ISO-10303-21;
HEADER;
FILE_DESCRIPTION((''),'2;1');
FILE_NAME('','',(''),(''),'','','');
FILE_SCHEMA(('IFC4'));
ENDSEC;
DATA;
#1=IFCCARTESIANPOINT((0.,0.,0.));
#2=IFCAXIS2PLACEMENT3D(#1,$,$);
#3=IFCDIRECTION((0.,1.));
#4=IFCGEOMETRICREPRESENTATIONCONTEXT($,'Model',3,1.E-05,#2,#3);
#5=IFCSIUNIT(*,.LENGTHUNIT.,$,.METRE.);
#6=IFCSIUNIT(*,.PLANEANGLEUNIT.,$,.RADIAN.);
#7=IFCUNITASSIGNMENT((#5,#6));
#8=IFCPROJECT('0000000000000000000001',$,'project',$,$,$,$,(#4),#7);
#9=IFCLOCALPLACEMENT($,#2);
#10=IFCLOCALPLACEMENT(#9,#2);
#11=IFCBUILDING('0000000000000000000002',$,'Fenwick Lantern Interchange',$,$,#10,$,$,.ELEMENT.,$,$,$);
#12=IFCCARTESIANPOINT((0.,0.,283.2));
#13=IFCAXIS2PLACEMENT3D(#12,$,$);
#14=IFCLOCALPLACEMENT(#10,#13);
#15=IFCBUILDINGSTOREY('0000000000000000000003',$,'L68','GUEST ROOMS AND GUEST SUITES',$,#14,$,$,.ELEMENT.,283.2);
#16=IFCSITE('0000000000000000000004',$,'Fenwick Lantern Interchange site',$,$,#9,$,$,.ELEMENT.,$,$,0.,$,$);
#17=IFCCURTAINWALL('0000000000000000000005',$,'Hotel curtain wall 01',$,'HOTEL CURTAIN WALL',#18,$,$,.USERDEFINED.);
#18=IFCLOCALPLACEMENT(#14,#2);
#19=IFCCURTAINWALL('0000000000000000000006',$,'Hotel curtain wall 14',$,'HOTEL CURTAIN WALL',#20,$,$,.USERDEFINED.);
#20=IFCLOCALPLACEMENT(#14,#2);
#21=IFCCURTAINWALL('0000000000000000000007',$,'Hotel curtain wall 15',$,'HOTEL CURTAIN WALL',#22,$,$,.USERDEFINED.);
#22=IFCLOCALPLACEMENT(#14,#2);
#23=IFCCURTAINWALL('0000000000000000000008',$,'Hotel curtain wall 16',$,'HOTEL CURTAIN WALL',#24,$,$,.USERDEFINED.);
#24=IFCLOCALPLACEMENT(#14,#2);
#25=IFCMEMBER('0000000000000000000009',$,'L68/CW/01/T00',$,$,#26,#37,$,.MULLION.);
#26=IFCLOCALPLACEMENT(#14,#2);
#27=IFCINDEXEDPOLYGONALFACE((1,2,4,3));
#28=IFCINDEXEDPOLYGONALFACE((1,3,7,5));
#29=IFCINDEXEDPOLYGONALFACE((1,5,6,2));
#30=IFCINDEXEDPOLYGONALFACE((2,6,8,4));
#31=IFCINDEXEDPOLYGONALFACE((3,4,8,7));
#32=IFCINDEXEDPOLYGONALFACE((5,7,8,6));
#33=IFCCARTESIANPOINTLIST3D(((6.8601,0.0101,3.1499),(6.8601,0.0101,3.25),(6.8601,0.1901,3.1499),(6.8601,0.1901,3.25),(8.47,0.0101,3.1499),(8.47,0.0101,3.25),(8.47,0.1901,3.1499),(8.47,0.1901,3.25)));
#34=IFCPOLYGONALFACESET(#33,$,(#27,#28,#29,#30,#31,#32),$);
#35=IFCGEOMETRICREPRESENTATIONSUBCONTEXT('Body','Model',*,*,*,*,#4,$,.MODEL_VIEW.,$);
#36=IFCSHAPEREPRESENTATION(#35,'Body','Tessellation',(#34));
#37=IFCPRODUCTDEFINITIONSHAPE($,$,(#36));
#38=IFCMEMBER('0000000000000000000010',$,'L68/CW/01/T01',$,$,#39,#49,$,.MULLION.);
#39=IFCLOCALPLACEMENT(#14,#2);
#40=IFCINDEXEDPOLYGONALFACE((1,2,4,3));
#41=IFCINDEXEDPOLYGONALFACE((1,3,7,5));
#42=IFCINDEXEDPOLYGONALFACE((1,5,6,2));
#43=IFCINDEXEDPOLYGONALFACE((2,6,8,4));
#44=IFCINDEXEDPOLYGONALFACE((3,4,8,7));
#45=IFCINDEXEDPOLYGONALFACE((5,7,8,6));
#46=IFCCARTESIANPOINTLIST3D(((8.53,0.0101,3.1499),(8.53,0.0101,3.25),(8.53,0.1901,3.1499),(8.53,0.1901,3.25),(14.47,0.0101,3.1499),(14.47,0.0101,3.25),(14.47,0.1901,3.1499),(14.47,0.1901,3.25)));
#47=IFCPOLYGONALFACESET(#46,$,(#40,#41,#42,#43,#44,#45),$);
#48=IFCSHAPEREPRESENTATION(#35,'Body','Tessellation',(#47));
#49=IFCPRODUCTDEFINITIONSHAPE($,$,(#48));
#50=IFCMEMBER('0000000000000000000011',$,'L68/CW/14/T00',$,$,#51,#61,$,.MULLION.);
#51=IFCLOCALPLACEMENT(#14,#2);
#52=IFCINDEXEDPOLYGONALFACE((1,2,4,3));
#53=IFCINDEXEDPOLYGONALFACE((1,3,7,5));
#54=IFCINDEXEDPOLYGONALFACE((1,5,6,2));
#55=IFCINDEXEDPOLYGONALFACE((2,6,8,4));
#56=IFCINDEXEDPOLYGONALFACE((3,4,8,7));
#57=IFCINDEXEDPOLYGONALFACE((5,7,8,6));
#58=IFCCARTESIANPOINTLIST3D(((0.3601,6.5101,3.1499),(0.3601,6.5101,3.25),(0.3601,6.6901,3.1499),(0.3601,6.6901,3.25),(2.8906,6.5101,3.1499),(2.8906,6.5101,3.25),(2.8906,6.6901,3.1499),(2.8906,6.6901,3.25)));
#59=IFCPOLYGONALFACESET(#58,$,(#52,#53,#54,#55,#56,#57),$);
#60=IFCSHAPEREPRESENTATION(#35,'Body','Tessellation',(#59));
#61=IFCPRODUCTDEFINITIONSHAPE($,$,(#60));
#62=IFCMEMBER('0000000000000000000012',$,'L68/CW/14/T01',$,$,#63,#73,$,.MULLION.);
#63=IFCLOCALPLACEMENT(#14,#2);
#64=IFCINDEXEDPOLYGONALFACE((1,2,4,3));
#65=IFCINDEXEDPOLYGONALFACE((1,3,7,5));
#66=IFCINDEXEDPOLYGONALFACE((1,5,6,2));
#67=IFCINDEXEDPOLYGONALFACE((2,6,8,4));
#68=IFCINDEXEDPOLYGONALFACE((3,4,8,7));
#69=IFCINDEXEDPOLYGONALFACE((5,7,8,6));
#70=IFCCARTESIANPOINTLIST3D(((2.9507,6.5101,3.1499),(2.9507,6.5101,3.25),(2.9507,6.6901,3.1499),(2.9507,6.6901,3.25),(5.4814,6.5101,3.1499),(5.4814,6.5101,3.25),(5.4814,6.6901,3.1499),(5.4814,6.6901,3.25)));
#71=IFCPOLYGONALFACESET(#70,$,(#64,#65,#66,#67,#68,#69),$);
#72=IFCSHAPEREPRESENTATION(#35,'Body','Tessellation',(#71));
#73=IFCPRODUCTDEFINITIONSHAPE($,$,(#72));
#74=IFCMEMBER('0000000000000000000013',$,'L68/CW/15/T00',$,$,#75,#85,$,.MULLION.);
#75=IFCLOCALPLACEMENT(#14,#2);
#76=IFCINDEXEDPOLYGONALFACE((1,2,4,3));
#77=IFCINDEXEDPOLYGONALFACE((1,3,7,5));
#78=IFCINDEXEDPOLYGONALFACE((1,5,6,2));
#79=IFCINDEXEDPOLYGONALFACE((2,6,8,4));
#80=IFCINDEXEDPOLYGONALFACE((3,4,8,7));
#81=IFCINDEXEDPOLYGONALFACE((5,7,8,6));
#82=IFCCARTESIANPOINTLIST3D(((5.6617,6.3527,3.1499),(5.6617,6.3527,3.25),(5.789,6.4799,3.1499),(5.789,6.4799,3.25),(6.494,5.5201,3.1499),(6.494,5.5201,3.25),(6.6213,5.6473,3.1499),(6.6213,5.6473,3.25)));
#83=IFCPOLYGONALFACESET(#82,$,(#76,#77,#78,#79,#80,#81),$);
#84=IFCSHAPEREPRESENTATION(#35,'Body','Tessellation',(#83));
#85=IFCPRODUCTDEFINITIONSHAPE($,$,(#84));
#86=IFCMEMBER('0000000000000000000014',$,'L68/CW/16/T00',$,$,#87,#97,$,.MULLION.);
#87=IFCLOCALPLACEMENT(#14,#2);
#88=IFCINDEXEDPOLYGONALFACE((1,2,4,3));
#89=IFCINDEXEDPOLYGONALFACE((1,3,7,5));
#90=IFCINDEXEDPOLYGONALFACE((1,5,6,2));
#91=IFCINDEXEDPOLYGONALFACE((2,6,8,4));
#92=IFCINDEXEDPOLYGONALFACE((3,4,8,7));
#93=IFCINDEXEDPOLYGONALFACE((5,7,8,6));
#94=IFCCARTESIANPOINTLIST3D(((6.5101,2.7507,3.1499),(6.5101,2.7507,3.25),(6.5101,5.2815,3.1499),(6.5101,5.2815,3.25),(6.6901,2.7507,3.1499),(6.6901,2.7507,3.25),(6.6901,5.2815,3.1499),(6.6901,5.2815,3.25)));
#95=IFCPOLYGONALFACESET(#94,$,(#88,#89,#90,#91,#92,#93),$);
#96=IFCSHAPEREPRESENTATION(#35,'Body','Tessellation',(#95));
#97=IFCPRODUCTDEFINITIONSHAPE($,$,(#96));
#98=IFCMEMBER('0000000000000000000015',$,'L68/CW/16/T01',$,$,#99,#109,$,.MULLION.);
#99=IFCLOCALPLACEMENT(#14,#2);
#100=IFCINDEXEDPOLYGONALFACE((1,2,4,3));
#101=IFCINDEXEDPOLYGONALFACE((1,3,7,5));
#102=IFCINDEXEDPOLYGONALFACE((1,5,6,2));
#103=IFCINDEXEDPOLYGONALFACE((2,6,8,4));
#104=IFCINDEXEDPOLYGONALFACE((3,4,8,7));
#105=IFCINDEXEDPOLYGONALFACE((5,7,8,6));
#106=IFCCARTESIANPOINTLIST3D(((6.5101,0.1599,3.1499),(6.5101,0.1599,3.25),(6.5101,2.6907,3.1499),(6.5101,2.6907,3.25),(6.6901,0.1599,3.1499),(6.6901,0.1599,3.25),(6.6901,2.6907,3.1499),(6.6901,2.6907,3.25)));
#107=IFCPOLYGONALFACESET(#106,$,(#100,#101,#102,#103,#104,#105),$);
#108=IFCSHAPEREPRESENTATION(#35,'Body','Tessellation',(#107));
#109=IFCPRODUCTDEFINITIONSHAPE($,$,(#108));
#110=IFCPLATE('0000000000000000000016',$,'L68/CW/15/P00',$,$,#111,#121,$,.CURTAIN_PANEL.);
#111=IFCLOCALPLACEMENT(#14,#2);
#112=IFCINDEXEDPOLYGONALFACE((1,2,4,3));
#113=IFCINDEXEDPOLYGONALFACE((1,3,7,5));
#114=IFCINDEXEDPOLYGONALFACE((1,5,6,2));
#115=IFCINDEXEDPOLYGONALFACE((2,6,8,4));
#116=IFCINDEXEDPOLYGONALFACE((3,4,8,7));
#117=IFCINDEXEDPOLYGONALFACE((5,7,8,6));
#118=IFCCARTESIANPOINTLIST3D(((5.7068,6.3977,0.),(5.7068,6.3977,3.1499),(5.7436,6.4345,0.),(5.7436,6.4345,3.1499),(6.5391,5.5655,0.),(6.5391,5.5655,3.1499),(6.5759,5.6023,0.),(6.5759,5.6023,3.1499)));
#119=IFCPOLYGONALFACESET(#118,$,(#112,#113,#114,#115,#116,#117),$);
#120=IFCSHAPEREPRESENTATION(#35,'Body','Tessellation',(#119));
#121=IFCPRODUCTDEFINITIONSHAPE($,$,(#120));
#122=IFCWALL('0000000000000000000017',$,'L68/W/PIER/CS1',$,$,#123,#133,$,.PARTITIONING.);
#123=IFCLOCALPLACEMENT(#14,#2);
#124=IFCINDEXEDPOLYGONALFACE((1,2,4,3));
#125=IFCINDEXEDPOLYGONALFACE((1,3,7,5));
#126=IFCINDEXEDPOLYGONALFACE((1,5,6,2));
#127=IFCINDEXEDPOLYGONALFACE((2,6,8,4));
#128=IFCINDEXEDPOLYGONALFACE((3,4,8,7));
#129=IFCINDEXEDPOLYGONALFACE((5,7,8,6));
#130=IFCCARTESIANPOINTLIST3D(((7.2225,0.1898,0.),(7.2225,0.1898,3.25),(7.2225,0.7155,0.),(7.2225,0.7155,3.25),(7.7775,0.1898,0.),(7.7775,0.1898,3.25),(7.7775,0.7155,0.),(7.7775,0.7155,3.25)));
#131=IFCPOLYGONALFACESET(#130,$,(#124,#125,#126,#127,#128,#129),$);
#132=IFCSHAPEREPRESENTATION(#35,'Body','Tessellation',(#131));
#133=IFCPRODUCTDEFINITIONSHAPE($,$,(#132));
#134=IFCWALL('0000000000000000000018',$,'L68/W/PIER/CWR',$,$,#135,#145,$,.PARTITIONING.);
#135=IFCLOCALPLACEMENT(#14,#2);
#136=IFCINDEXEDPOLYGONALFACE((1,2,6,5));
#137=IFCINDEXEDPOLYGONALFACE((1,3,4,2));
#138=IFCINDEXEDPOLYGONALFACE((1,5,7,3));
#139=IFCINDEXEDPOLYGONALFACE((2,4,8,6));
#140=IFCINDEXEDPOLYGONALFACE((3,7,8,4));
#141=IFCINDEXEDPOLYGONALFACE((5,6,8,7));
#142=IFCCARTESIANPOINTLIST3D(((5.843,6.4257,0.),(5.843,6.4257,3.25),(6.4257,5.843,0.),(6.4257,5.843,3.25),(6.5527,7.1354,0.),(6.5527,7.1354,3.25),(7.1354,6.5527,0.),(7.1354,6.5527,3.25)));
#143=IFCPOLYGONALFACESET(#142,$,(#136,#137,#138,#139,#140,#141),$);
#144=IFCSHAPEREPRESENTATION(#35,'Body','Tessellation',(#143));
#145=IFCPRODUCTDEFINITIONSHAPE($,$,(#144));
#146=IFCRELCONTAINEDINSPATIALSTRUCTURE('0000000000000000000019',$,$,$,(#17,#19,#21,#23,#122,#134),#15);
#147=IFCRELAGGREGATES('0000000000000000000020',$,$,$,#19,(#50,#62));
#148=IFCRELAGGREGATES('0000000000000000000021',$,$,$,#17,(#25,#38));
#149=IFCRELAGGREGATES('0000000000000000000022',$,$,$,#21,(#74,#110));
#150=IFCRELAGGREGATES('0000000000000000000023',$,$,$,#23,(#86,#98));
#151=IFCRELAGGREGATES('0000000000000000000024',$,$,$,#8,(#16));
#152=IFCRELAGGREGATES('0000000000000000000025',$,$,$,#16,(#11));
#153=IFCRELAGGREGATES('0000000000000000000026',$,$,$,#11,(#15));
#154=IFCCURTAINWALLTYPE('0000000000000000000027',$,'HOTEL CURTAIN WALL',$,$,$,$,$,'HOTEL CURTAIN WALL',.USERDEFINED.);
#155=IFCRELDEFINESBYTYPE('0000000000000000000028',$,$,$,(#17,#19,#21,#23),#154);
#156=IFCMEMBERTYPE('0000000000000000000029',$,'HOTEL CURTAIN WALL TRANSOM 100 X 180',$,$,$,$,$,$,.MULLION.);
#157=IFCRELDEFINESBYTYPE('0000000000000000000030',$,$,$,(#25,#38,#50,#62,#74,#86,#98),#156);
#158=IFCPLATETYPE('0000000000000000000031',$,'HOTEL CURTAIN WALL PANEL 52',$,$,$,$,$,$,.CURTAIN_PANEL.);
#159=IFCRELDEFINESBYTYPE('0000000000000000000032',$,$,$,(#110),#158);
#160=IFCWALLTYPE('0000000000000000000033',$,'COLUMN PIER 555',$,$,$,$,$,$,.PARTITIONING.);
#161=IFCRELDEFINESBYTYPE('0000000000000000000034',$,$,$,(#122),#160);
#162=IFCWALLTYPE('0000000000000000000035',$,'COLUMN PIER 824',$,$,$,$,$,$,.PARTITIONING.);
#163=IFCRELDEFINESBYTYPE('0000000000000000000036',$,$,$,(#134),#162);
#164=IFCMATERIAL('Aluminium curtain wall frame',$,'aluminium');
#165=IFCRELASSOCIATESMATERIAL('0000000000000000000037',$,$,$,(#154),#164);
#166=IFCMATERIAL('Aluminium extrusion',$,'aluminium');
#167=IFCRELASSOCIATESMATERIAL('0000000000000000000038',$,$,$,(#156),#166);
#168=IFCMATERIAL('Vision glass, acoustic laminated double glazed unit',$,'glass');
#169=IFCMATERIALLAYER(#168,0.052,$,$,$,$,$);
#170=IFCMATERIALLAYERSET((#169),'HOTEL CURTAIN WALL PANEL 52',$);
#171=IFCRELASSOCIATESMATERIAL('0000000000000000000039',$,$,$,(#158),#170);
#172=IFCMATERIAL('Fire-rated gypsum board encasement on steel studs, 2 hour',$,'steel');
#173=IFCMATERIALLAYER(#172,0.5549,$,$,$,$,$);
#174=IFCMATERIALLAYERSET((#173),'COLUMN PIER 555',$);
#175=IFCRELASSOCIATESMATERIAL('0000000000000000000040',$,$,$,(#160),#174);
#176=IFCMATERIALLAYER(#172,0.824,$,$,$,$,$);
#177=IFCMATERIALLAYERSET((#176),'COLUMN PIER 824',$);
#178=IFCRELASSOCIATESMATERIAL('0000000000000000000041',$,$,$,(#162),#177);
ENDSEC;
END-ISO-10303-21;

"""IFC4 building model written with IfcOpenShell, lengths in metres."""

from ifc_helpers import new_model, si_unit, direction, frame, frame_2d, origin, origin_2d, place, context, subcontext, project, spatial, rectangle, extrude, material, layer, layer_set, material_profile, profile_set, type_object, element, aggregate, save


model = new_model("IFC4")

# Units and contexts
model_context = context("Model", 3, precision=1e-05, world=origin(), true_north=direction((0.0, 1.0)))
body_context = subcontext(model_context, "Body", "Model", "MODEL_VIEW")
ifc_project = project(units=[si_unit("LENGTHUNIT", "METRE"), si_unit("PLANEANGLEUNIT", "RADIAN")], contexts=[model_context])

# Site, building, storey
site_placement = place(None, origin())
site = spatial("IfcSite", under=ifc_project, at=site_placement, Name="Fenwick Lantern Interchange site", CompositionType="ELEMENT", RefElevation=0.0)
building_placement = place(site_placement, origin())
building = spatial("IfcBuilding", under=site, at=building_placement, Name="Fenwick Lantern Interchange", CompositionType="ELEMENT")
storey_placement = place(building_placement, frame((0.0, 0.0, 283.2)))
storey = spatial("IfcBuildingStorey", under=building, at=storey_placement, Name="L68", Description="GUEST ROOMS AND GUEST SUITES", CompositionType="ELEMENT", Elevation=283.2)

# Curtain walls
ifc_material_1 = material(Name="Aluminium curtain wall frame", Category="aluminium")
curtain_wall_type = type_object("IfcCurtainWallType", Name="HOTEL CURTAIN WALL", ElementType="HOTEL CURTAIN WALL", PredefinedType="USERDEFINED", material=ifc_material_1)
curtain_wall_1_placement = place(storey_placement, origin())
curtain_wall_1 = element("IfcCurtainWall", 1, at=curtain_wall_1_placement, inside=storey, type_object=curtain_wall_type, Name="Hotel curtain wall 01", ObjectType="HOTEL CURTAIN WALL", PredefinedType="USERDEFINED")
ifc_material_2 = material(Name="Aluminium extrusion", Category="aluminium")
curtain_wall_2_placement = place(storey_placement, origin())
curtain_wall_2 = element("IfcCurtainWall", 2, at=curtain_wall_2_placement, inside=storey, type_object=curtain_wall_type, Name="Hotel curtain wall 14", ObjectType="HOTEL CURTAIN WALL", PredefinedType="USERDEFINED")
curtain_wall_3_placement = place(storey_placement, origin())
curtain_wall_3 = element("IfcCurtainWall", 3, at=curtain_wall_3_placement, inside=storey, type_object=curtain_wall_type, Name="Hotel curtain wall 15", ObjectType="HOTEL CURTAIN WALL", PredefinedType="USERDEFINED")
curtain_wall_4_placement = place(storey_placement, origin())
curtain_wall_4 = element("IfcCurtainWall", 4, at=curtain_wall_4_placement, inside=storey, type_object=curtain_wall_type, Name="Hotel curtain wall 16", ObjectType="HOTEL CURTAIN WALL", PredefinedType="USERDEFINED")

# Members
ifc_material_profile_1 = material_profile(ifc_material_2, rectangle(XDim=0.1799, YDim=0.1001, at=origin_2d()), Name="HOTEL CURTAIN WALL TRANSOM 100 X 180")
ifc_profile_set_1 = profile_set([ifc_material_profile_1], Name="Aluminium extrusion")
member_type_1 = type_object("IfcMemberType", Name="HOTEL CURTAIN WALL TRANSOM 100 X 180", PredefinedType="MULLION", material=ifc_profile_set_1)
member_1_placement = place(storey_placement, frame((6.8601, 0.1001, 3.2), z_axis=(1.0, 0.0, 0.0), x_axis=(0.0, 1.0, 0.0)))
member_1 = element("IfcMember", 5, at=member_1_placement, type_object=member_type_1, Name="L68/CW/01/T00", PredefinedType="MULLION", context=body_context, shape_type="SweptSolid", body=[
    extrude(rectangle(XDim=0.1799, YDim=0.1001, at=origin_2d()), origin(), (0.0, 0.0, 1.0), 1.6099),
])
member_2_placement = place(storey_placement, frame((8.53, 0.1001, 3.2), z_axis=(1.0, 0.0, 0.0), x_axis=(0.0, 1.0, 0.0)))
member_2 = element("IfcMember", 6, at=member_2_placement, type_object=member_type_1, Name="L68/CW/01/T01", PredefinedType="MULLION", context=body_context, shape_type="SweptSolid", body=[
    extrude(rectangle(XDim=0.1799, YDim=0.1001, at=origin_2d()), origin(), (0.0, 0.0, 1.0), 5.9399),
])
member_3_placement = place(storey_placement, frame((0.3601, 6.6001, 3.2), z_axis=(1.0, 0.0, 0.0), x_axis=(0.0, 1.0, 0.0)))
member_3 = element("IfcMember", 7, at=member_3_placement, type_object=member_type_1, Name="L68/CW/14/T00", PredefinedType="MULLION", context=body_context, shape_type="SweptSolid", body=[
    extrude(rectangle(XDim=0.1799, YDim=0.1001, at=origin_2d()), origin(), (0.0, 0.0, 1.0), 2.5305),
])
member_4_placement = place(storey_placement, frame((2.9507, 6.6001, 3.2), z_axis=(1.0, 0.0, 0.0), x_axis=(0.0, 1.0, 0.0)))
member_4 = element("IfcMember", 8, at=member_4_placement, type_object=member_type_1, Name="L68/CW/14/T01", PredefinedType="MULLION", context=body_context, shape_type="SweptSolid", body=[
    extrude(rectangle(XDim=0.1799, YDim=0.1001, at=origin_2d()), origin(), (0.0, 0.0, 1.0), 2.5308),
])
aggregate(curtain_wall_2, [member_3, member_4])
member_5_placement = place(storey_placement, frame((5.7253, 6.4163, 3.2), z_axis=(0.707003, -0.70721, 0.0), x_axis=(0.70721, 0.707003, 0.0)))
member_5 = element("IfcMember", 9, at=member_5_placement, type_object=member_type_1, Name="L68/CW/15/T00", PredefinedType="MULLION", context=body_context, shape_type="SweptSolid", body=[
    extrude(rectangle(XDim=0.1799, YDim=0.1001, at=origin_2d()), origin(), (0.0, 0.0, 1.0), 1.1772),
])
member_6_placement = place(storey_placement, frame((6.6001, 5.2815, 3.2), z_axis=(0.0, -1.0, 0.0), x_axis=(1.0, 0.0, 0.0)))
member_6 = element("IfcMember", 10, at=member_6_placement, type_object=member_type_1, Name="L68/CW/16/T00", PredefinedType="MULLION", context=body_context, shape_type="SweptSolid", body=[
    extrude(rectangle(XDim=0.1799, YDim=0.1001, at=origin_2d()), origin(), (0.0, 0.0, 1.0), 2.5308),
])
member_7_placement = place(storey_placement, frame((6.6001, 2.6907, 3.2), z_axis=(0.0, -1.0, 0.0), x_axis=(1.0, 0.0, 0.0)))
member_7 = element("IfcMember", 11, at=member_7_placement, type_object=member_type_1, Name="L68/CW/16/T01", PredefinedType="MULLION", context=body_context, shape_type="SweptSolid", body=[
    extrude(rectangle(XDim=0.1799, YDim=0.1001, at=origin_2d()), origin(), (0.0, 0.0, 1.0), 2.5308),
])

# Plate
ifc_material_3 = material(Name="Vision glass, acoustic laminated double glazed unit", Category="glass")
ifc_layer_1 = layer(ifc_material_3, 0.052)
ifc_layer_set_1 = layer_set([ifc_layer_1], Name="HOTEL CURTAIN WALL PANEL 52")
plate_type = type_object("IfcPlateType", Name="HOTEL CURTAIN WALL PANEL 52", PredefinedType="CURTAIN_PANEL", material=ifc_layer_set_1)
aggregate(curtain_wall_1, [member_1, member_2])
plate_1_placement = place(storey_placement, frame((6.1414, 6.0, 0.0), z_axis=(0.0, 0.0, 1.0), x_axis=(0.707107, -0.707107, 0.0)))
plate_1 = element("IfcPlate", 12, at=plate_1_placement, type_object=plate_type, Name="L68/CW/15/P00", PredefinedType="CURTAIN_PANEL", context=body_context, shape_type="SweptSolid", body=[
    extrude(rectangle(XDim=1.177, YDim=0.052, at=origin_2d()), origin(), (0.0, 0.0, 1.0), 3.1499),
])
aggregate(curtain_wall_3, [member_5, plate_1])
aggregate(curtain_wall_4, [member_6, member_7])

# Walls
ifc_material_4 = material(Name="Fire-rated gypsum board encasement on steel studs, 2 hour", Category="steel")
ifc_layer_2 = layer(ifc_material_4, 0.5549)
ifc_layer_set_2 = layer_set([ifc_layer_2], Name="COLUMN PIER 555")
wall_type_1 = type_object("IfcWallType", Name="COLUMN PIER 555", PredefinedType="PARTITIONING", material=ifc_layer_set_2)
wall_1_placement = place(storey_placement, frame((7.5, 0.1899, 0.0), z_axis=(0.0, 0.0, 1.0), x_axis=(0.0, 1.0, 0.0)))
element("IfcWall", 13, at=wall_1_placement, inside=storey, type_object=wall_type_1, Name="L68/W/PIER/CS1", PredefinedType="PARTITIONING", context=body_context, shape_type="SweptSolid", body=[
    extrude(rectangle(XDim=0.5256, YDim=0.5549, at=frame_2d((0.2627, 0.0))), origin(), (0.0, 0.0, 1.0), 3.25),
])
ifc_layer_3 = layer(ifc_material_4, 0.824)
ifc_layer_set_3 = layer_set([ifc_layer_3], Name="COLUMN PIER 824")
wall_type_2 = type_object("IfcWallType", Name="COLUMN PIER 824", PredefinedType="PARTITIONING", material=ifc_layer_set_3)
wall_2_placement = place(storey_placement, frame((6.1343, 6.1343, 0.0), z_axis=(0.0, 0.0, 1.0), x_axis=(0.707107, 0.707107, 0.0)))
element("IfcWall", 14, at=wall_2_placement, inside=storey, type_object=wall_type_2, Name="L68/W/PIER/CWR", PredefinedType="PARTITIONING", context=body_context, shape_type="SweptSolid", body=[
    extrude(rectangle(XDim=1.0037, YDim=0.824, at=frame_2d((0.502, 0.0))), origin(), (0.0, 0.0, 1.0), 3.25),
])

save(model, "model.ifc")
